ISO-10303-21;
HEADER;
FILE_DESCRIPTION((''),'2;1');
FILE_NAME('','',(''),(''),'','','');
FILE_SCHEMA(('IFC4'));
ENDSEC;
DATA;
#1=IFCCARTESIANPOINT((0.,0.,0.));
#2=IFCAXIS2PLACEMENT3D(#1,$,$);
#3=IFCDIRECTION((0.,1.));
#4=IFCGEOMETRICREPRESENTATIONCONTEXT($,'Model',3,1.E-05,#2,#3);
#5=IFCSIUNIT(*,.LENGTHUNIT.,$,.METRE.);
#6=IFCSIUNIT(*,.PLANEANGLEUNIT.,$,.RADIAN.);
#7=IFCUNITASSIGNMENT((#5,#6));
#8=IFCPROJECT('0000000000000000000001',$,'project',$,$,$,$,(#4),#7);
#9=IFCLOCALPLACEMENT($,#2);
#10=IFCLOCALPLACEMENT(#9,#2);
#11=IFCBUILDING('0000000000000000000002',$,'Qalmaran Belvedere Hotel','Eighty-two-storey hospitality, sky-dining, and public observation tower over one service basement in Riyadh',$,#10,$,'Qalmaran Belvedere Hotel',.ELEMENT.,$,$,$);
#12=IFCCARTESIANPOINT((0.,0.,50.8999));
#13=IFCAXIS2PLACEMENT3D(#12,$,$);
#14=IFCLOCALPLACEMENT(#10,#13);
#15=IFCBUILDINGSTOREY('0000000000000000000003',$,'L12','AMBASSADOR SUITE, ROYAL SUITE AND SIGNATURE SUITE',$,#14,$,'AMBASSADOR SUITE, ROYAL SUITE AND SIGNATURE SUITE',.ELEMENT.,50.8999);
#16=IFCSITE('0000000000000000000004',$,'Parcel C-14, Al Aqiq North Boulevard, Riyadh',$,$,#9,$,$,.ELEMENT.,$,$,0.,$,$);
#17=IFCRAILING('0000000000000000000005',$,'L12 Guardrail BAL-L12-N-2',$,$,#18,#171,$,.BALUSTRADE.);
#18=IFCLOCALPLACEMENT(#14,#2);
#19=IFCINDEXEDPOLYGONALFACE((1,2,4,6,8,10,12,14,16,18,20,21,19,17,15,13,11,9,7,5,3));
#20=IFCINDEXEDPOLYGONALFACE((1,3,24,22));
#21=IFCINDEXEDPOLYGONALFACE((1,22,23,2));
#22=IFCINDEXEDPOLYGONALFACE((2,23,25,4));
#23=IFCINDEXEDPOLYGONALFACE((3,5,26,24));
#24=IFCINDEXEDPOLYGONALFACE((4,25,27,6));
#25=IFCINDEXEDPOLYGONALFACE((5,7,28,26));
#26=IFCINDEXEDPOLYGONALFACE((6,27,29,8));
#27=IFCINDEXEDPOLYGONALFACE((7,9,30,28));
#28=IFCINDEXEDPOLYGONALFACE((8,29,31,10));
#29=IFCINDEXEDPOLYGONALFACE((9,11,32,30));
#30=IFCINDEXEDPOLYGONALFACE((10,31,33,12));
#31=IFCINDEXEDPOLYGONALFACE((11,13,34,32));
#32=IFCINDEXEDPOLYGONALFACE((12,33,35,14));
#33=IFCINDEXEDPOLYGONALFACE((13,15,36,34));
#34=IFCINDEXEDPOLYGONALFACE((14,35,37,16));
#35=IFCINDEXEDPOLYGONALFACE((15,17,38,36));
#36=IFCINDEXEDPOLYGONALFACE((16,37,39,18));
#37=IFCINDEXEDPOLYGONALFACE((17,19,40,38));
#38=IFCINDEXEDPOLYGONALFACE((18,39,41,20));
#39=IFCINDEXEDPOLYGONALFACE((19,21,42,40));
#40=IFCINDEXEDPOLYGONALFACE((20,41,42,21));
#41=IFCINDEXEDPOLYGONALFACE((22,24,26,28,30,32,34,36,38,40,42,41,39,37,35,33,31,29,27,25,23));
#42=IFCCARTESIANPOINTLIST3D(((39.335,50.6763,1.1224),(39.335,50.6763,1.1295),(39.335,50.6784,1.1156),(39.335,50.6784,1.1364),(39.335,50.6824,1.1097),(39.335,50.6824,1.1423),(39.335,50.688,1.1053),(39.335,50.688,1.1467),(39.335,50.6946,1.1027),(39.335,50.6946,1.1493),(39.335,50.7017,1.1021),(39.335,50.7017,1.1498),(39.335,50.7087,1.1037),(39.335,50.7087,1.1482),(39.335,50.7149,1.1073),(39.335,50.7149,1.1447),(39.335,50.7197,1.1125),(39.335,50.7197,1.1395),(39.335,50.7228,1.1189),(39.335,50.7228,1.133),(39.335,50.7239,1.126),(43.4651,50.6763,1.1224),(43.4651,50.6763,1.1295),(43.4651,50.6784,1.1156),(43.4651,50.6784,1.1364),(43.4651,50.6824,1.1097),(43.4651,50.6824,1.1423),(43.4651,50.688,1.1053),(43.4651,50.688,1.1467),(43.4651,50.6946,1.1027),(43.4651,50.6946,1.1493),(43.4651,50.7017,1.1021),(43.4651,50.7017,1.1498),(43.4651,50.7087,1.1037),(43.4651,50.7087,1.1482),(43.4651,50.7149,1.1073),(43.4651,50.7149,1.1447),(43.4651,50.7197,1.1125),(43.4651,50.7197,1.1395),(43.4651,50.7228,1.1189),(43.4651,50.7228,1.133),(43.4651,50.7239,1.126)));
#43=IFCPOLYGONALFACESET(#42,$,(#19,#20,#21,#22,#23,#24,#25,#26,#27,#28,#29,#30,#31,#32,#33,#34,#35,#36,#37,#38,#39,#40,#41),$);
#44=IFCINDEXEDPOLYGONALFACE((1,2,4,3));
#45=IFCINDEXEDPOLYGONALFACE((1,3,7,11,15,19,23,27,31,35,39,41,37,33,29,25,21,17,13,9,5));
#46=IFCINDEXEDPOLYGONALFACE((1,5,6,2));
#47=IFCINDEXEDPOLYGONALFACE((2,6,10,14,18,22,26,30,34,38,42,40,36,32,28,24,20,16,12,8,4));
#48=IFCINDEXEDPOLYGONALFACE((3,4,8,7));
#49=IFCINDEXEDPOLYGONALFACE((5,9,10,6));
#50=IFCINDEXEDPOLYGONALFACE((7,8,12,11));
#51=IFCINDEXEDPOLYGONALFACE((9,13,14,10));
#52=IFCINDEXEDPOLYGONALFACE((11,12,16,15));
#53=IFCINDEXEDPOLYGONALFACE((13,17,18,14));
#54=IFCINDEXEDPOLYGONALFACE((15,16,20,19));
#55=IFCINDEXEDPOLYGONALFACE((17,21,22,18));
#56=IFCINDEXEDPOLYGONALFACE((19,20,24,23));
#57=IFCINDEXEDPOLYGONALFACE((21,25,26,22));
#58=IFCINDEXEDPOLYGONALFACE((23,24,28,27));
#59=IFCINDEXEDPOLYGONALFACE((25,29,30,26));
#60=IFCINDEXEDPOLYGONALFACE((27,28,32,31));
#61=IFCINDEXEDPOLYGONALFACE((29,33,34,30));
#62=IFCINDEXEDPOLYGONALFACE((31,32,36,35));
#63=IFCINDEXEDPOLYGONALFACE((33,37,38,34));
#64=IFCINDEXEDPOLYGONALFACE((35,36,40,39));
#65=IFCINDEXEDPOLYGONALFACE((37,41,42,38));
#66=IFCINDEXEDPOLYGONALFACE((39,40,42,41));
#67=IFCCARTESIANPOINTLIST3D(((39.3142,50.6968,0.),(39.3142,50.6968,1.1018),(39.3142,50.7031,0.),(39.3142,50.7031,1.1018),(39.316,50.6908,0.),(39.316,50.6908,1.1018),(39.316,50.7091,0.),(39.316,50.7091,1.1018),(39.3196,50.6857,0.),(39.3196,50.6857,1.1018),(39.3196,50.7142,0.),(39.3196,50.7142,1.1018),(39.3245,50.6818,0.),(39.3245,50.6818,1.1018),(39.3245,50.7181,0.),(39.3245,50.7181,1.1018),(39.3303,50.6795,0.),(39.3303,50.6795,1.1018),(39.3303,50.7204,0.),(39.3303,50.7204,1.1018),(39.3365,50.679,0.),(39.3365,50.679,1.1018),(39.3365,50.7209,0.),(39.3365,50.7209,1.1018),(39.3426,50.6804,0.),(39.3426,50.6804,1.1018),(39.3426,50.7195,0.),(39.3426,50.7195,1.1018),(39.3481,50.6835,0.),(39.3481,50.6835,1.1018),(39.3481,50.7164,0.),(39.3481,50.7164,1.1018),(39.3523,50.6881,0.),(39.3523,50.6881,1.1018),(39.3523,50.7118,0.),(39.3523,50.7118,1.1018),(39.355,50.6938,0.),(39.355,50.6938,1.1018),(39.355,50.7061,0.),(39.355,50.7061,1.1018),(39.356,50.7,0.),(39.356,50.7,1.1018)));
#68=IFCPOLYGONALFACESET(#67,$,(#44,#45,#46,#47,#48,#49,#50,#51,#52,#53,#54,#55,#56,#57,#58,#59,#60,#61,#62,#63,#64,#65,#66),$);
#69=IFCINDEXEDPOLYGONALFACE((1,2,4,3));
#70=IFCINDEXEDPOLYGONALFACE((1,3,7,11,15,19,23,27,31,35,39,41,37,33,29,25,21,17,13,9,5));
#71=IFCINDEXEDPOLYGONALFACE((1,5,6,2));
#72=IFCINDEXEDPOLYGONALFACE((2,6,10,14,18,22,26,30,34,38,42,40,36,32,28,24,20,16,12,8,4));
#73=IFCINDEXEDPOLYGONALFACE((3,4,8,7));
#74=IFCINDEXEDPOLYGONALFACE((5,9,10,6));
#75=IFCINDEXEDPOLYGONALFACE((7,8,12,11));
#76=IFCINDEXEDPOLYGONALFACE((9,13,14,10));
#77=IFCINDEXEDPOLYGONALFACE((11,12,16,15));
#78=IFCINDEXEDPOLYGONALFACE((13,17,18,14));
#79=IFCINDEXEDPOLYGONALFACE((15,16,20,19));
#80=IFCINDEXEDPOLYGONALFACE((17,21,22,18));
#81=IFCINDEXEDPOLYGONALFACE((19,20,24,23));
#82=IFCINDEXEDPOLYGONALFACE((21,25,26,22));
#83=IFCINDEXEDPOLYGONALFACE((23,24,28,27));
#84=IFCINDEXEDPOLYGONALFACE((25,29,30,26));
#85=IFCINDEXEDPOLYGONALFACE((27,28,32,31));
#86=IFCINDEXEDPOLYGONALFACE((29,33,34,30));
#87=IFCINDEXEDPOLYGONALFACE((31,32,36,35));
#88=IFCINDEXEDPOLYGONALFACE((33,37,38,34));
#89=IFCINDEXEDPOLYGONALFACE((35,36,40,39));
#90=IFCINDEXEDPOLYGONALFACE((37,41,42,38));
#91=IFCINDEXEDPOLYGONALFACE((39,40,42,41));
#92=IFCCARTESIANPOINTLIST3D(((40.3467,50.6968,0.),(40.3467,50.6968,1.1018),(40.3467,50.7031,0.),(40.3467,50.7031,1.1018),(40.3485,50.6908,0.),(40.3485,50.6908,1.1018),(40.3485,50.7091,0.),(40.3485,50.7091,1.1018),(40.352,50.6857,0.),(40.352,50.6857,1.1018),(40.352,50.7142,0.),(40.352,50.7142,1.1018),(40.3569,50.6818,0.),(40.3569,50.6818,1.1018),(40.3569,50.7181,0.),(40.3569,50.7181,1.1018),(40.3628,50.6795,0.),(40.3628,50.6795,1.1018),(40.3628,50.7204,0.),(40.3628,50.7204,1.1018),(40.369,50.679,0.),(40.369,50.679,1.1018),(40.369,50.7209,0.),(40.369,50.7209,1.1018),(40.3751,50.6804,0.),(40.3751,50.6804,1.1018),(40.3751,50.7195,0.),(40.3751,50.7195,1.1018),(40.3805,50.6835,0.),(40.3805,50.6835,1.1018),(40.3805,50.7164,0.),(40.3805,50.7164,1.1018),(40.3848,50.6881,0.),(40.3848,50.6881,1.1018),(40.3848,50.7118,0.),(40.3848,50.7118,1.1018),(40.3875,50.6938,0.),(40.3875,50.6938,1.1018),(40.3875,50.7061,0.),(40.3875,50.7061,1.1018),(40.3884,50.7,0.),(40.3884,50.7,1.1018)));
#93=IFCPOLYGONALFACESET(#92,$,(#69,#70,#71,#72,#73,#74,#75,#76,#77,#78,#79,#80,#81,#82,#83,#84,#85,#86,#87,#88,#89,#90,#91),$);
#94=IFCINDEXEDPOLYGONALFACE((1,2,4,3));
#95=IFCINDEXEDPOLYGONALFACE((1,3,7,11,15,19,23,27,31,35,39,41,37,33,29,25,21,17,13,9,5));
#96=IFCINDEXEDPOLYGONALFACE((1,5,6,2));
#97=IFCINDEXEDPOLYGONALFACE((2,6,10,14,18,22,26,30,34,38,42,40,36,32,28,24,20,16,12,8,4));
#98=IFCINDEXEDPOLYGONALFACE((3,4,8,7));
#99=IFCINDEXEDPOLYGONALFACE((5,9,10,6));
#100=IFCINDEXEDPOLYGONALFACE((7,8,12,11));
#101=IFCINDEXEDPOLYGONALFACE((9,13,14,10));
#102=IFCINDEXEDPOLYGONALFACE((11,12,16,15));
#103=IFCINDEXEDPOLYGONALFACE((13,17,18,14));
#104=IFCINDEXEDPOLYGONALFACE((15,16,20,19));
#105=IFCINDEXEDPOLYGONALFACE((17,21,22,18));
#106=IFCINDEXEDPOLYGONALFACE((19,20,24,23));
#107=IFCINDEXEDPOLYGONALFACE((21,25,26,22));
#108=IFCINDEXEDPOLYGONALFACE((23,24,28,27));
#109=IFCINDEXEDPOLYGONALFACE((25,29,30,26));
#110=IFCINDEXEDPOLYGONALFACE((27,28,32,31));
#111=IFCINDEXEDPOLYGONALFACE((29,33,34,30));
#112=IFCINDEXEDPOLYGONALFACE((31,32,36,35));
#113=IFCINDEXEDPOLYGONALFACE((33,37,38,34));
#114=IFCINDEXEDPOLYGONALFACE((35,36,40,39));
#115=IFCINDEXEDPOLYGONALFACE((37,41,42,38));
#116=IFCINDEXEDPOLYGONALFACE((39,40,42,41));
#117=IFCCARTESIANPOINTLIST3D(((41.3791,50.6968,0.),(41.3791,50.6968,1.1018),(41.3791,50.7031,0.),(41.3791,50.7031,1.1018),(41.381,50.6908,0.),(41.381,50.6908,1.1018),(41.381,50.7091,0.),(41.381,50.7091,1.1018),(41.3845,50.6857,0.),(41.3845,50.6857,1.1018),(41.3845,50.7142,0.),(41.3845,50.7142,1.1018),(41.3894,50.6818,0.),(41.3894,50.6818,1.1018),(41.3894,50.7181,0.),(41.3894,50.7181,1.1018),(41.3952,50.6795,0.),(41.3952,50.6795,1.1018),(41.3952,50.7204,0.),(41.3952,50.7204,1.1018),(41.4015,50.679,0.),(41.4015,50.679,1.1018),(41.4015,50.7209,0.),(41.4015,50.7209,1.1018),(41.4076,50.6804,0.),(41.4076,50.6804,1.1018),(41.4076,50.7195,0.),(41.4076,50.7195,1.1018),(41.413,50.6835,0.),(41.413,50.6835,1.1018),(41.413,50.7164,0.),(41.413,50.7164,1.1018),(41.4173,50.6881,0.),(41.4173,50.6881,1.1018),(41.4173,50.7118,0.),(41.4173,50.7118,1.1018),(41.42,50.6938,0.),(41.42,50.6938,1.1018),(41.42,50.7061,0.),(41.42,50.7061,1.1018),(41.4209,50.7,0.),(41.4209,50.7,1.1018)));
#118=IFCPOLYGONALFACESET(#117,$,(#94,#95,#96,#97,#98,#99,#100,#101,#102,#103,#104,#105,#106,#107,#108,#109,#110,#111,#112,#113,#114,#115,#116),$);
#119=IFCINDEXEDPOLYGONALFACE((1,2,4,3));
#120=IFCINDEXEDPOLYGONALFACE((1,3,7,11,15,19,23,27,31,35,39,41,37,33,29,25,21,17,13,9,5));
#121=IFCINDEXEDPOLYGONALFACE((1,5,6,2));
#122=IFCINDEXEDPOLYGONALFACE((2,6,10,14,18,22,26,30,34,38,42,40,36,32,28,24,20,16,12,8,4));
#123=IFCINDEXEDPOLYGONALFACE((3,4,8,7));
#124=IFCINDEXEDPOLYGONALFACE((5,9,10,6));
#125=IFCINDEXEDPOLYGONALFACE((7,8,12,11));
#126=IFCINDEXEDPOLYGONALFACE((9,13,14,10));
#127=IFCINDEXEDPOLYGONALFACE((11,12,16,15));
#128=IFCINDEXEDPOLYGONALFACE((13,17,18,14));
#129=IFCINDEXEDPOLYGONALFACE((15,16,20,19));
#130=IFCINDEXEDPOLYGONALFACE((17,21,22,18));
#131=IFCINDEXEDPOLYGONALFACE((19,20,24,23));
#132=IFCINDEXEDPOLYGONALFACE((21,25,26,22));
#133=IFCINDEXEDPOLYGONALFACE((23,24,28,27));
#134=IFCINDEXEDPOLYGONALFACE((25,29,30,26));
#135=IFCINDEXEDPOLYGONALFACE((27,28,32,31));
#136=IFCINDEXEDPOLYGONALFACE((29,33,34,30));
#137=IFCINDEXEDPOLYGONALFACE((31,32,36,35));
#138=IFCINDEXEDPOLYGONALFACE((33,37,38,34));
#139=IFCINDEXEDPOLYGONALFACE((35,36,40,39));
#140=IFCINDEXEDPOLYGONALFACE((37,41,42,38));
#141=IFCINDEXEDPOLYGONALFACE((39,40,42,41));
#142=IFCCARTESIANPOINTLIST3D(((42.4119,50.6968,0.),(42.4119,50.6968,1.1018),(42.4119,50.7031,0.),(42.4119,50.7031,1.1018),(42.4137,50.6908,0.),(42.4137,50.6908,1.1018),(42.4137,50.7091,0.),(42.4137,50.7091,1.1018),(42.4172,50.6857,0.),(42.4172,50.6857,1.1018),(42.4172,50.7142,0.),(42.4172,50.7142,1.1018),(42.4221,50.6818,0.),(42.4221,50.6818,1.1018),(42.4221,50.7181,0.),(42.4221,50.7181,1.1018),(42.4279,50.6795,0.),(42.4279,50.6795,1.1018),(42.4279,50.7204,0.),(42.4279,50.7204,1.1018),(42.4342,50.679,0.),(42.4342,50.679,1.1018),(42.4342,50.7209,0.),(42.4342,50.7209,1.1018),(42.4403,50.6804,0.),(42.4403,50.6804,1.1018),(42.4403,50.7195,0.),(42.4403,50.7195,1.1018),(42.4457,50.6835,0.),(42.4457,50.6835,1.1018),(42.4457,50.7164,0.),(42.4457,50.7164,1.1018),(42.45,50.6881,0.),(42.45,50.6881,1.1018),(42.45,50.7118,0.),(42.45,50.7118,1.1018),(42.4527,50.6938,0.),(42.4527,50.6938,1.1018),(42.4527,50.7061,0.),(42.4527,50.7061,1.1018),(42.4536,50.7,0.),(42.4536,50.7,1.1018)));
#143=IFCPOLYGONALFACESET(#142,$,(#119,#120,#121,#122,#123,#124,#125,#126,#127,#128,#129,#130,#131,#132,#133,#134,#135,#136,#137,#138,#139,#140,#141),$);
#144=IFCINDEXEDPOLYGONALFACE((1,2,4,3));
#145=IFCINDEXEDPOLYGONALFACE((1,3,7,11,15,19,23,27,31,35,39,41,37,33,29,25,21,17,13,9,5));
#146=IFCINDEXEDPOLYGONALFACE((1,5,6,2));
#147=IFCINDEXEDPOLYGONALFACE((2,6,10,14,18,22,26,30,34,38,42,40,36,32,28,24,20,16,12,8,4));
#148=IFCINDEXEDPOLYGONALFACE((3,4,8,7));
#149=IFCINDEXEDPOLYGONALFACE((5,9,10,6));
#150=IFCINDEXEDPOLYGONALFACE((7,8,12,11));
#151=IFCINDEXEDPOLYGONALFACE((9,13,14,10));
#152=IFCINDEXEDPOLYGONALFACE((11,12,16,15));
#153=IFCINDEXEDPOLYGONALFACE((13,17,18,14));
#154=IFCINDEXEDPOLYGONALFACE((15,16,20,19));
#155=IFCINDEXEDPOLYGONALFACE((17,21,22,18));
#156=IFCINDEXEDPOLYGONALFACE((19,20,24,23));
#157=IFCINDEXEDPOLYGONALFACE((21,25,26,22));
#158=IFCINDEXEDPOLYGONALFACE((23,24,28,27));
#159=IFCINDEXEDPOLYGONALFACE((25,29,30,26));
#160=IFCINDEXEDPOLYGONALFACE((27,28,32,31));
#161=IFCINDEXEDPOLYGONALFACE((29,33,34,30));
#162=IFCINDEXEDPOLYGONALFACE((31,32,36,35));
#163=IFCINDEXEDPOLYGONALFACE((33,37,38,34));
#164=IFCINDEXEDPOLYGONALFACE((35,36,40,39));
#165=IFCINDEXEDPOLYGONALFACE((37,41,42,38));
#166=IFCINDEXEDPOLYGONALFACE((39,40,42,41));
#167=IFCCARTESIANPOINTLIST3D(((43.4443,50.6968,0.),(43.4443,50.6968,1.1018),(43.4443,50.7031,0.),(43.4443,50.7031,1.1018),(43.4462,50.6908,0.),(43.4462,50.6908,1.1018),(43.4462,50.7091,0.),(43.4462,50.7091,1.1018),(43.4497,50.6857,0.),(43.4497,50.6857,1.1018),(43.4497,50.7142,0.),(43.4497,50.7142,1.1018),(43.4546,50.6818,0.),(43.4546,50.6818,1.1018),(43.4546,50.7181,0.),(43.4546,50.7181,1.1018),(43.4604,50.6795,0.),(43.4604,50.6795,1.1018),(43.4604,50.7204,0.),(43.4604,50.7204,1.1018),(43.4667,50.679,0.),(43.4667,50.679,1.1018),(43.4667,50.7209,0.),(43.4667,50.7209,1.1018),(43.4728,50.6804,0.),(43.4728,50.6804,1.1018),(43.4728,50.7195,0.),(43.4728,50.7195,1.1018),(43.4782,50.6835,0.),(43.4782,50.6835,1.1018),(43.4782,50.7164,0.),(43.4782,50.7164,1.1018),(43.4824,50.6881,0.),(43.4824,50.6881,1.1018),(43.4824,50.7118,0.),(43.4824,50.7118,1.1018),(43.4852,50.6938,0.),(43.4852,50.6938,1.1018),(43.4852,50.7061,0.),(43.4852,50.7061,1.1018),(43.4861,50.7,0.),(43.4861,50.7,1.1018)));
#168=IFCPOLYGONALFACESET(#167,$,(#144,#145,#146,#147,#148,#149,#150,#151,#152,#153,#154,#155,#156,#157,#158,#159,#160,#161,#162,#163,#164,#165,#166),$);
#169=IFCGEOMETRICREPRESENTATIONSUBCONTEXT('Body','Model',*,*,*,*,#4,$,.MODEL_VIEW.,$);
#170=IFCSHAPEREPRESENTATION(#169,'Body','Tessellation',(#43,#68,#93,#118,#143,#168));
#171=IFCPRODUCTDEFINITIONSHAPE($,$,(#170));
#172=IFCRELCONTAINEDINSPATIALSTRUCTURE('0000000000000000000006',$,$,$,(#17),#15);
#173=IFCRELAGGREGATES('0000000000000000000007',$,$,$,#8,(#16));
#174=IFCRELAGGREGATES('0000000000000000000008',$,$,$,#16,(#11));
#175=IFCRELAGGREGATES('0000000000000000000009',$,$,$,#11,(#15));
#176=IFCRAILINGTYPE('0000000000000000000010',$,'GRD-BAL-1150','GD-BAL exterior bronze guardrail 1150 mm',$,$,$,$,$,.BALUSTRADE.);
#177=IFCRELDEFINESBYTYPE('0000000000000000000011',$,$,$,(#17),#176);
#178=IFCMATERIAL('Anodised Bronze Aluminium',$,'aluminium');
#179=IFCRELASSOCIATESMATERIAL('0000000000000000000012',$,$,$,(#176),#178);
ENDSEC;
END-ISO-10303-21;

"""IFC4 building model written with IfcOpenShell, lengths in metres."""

from ifc_helpers import new_model, si_unit, direction, frame, origin, origin_2d, place, context, subcontext, project, spatial, circle, extrude, material, type_object, element, save


model = new_model("IFC4")

# Units and contexts
model_context = context("Model", 3, precision=1e-05, world=origin(), true_north=direction((0.0, 1.0)))
body_context = subcontext(model_context, "Body", "Model", "MODEL_VIEW")
ifc_project = project(units=[si_unit("LENGTHUNIT", "METRE"), si_unit("PLANEANGLEUNIT", "RADIAN")], contexts=[model_context])

# Site, building, storey
site_placement = place(None, origin())
site = spatial("IfcSite", under=ifc_project, at=site_placement, Name="Parcel C-14, Al Aqiq North Boulevard, Riyadh", CompositionType="ELEMENT", RefElevation=0.0)
building_placement = place(site_placement, origin())
building = spatial("IfcBuilding", under=site, at=building_placement, Name="Qalmaran Belvedere Hotel", Description="Eighty-two-storey hospitality, sky-dining, and public observation tower over one service basement in Riyadh", LongName="Qalmaran Belvedere Hotel", CompositionType="ELEMENT")
storey_placement = place(building_placement, frame((0.0, 0.0, 50.8999)))
storey = spatial("IfcBuildingStorey", under=building, at=storey_placement, Name="L12", Description="AMBASSADOR SUITE, ROYAL SUITE AND SIGNATURE SUITE", LongName="AMBASSADOR SUITE, ROYAL SUITE AND SIGNATURE SUITE", CompositionType="ELEMENT", Elevation=50.8999)

# Shared definitions
ifc_material_1 = material(Name="Anodised Bronze Aluminium", Category="aluminium")

# Railing
railing_type = type_object("IfcRailingType", Name="GRD-BAL-1150", Description="GD-BAL exterior bronze guardrail 1150 mm", PredefinedType="BALUSTRADE", material=ifc_material_1)
railing_1_placement = place(storey_placement, frame((39.335, 50.7, 0.0)))
element("IfcRailing", 1, at=railing_1_placement, inside=storey, type_object=railing_type, Name="L12 Guardrail BAL-L12-N-2", PredefinedType="BALUSTRADE", context=body_context, shape_type="SweptSolid", body=[
    extrude(circle(Radius=0.0239, at=origin_2d()), frame((0.0, 0.0, 1.126), z_axis=(1.0, 0.0, 0.0), x_axis=(0.0, 1.0, 0.0)), (0.0, 0.0, 1.0), 4.1301),
    extrude(circle(Radius=0.021, at=origin_2d()), origin(), (0.0, 0.0, 1.0), 1.1018),
    extrude(circle(Radius=0.021, at=origin_2d()), frame((1.0325, 0.0, 0.0)), (0.0, 0.0, 1.0), 1.1018),
    extrude(circle(Radius=0.021, at=origin_2d()), frame((2.0649, 0.0, 0.0)), (0.0, 0.0, 1.0), 1.1018),
    extrude(circle(Radius=0.021, at=origin_2d()), frame((3.0977, 0.0, 0.0)), (0.0, 0.0, 1.0), 1.1018),
    extrude(circle(Radius=0.021, at=origin_2d()), frame((4.1301, 0.0, 0.0)), (0.0, 0.0, 1.0), 1.1018),
])

save(model, "model.ifc")
